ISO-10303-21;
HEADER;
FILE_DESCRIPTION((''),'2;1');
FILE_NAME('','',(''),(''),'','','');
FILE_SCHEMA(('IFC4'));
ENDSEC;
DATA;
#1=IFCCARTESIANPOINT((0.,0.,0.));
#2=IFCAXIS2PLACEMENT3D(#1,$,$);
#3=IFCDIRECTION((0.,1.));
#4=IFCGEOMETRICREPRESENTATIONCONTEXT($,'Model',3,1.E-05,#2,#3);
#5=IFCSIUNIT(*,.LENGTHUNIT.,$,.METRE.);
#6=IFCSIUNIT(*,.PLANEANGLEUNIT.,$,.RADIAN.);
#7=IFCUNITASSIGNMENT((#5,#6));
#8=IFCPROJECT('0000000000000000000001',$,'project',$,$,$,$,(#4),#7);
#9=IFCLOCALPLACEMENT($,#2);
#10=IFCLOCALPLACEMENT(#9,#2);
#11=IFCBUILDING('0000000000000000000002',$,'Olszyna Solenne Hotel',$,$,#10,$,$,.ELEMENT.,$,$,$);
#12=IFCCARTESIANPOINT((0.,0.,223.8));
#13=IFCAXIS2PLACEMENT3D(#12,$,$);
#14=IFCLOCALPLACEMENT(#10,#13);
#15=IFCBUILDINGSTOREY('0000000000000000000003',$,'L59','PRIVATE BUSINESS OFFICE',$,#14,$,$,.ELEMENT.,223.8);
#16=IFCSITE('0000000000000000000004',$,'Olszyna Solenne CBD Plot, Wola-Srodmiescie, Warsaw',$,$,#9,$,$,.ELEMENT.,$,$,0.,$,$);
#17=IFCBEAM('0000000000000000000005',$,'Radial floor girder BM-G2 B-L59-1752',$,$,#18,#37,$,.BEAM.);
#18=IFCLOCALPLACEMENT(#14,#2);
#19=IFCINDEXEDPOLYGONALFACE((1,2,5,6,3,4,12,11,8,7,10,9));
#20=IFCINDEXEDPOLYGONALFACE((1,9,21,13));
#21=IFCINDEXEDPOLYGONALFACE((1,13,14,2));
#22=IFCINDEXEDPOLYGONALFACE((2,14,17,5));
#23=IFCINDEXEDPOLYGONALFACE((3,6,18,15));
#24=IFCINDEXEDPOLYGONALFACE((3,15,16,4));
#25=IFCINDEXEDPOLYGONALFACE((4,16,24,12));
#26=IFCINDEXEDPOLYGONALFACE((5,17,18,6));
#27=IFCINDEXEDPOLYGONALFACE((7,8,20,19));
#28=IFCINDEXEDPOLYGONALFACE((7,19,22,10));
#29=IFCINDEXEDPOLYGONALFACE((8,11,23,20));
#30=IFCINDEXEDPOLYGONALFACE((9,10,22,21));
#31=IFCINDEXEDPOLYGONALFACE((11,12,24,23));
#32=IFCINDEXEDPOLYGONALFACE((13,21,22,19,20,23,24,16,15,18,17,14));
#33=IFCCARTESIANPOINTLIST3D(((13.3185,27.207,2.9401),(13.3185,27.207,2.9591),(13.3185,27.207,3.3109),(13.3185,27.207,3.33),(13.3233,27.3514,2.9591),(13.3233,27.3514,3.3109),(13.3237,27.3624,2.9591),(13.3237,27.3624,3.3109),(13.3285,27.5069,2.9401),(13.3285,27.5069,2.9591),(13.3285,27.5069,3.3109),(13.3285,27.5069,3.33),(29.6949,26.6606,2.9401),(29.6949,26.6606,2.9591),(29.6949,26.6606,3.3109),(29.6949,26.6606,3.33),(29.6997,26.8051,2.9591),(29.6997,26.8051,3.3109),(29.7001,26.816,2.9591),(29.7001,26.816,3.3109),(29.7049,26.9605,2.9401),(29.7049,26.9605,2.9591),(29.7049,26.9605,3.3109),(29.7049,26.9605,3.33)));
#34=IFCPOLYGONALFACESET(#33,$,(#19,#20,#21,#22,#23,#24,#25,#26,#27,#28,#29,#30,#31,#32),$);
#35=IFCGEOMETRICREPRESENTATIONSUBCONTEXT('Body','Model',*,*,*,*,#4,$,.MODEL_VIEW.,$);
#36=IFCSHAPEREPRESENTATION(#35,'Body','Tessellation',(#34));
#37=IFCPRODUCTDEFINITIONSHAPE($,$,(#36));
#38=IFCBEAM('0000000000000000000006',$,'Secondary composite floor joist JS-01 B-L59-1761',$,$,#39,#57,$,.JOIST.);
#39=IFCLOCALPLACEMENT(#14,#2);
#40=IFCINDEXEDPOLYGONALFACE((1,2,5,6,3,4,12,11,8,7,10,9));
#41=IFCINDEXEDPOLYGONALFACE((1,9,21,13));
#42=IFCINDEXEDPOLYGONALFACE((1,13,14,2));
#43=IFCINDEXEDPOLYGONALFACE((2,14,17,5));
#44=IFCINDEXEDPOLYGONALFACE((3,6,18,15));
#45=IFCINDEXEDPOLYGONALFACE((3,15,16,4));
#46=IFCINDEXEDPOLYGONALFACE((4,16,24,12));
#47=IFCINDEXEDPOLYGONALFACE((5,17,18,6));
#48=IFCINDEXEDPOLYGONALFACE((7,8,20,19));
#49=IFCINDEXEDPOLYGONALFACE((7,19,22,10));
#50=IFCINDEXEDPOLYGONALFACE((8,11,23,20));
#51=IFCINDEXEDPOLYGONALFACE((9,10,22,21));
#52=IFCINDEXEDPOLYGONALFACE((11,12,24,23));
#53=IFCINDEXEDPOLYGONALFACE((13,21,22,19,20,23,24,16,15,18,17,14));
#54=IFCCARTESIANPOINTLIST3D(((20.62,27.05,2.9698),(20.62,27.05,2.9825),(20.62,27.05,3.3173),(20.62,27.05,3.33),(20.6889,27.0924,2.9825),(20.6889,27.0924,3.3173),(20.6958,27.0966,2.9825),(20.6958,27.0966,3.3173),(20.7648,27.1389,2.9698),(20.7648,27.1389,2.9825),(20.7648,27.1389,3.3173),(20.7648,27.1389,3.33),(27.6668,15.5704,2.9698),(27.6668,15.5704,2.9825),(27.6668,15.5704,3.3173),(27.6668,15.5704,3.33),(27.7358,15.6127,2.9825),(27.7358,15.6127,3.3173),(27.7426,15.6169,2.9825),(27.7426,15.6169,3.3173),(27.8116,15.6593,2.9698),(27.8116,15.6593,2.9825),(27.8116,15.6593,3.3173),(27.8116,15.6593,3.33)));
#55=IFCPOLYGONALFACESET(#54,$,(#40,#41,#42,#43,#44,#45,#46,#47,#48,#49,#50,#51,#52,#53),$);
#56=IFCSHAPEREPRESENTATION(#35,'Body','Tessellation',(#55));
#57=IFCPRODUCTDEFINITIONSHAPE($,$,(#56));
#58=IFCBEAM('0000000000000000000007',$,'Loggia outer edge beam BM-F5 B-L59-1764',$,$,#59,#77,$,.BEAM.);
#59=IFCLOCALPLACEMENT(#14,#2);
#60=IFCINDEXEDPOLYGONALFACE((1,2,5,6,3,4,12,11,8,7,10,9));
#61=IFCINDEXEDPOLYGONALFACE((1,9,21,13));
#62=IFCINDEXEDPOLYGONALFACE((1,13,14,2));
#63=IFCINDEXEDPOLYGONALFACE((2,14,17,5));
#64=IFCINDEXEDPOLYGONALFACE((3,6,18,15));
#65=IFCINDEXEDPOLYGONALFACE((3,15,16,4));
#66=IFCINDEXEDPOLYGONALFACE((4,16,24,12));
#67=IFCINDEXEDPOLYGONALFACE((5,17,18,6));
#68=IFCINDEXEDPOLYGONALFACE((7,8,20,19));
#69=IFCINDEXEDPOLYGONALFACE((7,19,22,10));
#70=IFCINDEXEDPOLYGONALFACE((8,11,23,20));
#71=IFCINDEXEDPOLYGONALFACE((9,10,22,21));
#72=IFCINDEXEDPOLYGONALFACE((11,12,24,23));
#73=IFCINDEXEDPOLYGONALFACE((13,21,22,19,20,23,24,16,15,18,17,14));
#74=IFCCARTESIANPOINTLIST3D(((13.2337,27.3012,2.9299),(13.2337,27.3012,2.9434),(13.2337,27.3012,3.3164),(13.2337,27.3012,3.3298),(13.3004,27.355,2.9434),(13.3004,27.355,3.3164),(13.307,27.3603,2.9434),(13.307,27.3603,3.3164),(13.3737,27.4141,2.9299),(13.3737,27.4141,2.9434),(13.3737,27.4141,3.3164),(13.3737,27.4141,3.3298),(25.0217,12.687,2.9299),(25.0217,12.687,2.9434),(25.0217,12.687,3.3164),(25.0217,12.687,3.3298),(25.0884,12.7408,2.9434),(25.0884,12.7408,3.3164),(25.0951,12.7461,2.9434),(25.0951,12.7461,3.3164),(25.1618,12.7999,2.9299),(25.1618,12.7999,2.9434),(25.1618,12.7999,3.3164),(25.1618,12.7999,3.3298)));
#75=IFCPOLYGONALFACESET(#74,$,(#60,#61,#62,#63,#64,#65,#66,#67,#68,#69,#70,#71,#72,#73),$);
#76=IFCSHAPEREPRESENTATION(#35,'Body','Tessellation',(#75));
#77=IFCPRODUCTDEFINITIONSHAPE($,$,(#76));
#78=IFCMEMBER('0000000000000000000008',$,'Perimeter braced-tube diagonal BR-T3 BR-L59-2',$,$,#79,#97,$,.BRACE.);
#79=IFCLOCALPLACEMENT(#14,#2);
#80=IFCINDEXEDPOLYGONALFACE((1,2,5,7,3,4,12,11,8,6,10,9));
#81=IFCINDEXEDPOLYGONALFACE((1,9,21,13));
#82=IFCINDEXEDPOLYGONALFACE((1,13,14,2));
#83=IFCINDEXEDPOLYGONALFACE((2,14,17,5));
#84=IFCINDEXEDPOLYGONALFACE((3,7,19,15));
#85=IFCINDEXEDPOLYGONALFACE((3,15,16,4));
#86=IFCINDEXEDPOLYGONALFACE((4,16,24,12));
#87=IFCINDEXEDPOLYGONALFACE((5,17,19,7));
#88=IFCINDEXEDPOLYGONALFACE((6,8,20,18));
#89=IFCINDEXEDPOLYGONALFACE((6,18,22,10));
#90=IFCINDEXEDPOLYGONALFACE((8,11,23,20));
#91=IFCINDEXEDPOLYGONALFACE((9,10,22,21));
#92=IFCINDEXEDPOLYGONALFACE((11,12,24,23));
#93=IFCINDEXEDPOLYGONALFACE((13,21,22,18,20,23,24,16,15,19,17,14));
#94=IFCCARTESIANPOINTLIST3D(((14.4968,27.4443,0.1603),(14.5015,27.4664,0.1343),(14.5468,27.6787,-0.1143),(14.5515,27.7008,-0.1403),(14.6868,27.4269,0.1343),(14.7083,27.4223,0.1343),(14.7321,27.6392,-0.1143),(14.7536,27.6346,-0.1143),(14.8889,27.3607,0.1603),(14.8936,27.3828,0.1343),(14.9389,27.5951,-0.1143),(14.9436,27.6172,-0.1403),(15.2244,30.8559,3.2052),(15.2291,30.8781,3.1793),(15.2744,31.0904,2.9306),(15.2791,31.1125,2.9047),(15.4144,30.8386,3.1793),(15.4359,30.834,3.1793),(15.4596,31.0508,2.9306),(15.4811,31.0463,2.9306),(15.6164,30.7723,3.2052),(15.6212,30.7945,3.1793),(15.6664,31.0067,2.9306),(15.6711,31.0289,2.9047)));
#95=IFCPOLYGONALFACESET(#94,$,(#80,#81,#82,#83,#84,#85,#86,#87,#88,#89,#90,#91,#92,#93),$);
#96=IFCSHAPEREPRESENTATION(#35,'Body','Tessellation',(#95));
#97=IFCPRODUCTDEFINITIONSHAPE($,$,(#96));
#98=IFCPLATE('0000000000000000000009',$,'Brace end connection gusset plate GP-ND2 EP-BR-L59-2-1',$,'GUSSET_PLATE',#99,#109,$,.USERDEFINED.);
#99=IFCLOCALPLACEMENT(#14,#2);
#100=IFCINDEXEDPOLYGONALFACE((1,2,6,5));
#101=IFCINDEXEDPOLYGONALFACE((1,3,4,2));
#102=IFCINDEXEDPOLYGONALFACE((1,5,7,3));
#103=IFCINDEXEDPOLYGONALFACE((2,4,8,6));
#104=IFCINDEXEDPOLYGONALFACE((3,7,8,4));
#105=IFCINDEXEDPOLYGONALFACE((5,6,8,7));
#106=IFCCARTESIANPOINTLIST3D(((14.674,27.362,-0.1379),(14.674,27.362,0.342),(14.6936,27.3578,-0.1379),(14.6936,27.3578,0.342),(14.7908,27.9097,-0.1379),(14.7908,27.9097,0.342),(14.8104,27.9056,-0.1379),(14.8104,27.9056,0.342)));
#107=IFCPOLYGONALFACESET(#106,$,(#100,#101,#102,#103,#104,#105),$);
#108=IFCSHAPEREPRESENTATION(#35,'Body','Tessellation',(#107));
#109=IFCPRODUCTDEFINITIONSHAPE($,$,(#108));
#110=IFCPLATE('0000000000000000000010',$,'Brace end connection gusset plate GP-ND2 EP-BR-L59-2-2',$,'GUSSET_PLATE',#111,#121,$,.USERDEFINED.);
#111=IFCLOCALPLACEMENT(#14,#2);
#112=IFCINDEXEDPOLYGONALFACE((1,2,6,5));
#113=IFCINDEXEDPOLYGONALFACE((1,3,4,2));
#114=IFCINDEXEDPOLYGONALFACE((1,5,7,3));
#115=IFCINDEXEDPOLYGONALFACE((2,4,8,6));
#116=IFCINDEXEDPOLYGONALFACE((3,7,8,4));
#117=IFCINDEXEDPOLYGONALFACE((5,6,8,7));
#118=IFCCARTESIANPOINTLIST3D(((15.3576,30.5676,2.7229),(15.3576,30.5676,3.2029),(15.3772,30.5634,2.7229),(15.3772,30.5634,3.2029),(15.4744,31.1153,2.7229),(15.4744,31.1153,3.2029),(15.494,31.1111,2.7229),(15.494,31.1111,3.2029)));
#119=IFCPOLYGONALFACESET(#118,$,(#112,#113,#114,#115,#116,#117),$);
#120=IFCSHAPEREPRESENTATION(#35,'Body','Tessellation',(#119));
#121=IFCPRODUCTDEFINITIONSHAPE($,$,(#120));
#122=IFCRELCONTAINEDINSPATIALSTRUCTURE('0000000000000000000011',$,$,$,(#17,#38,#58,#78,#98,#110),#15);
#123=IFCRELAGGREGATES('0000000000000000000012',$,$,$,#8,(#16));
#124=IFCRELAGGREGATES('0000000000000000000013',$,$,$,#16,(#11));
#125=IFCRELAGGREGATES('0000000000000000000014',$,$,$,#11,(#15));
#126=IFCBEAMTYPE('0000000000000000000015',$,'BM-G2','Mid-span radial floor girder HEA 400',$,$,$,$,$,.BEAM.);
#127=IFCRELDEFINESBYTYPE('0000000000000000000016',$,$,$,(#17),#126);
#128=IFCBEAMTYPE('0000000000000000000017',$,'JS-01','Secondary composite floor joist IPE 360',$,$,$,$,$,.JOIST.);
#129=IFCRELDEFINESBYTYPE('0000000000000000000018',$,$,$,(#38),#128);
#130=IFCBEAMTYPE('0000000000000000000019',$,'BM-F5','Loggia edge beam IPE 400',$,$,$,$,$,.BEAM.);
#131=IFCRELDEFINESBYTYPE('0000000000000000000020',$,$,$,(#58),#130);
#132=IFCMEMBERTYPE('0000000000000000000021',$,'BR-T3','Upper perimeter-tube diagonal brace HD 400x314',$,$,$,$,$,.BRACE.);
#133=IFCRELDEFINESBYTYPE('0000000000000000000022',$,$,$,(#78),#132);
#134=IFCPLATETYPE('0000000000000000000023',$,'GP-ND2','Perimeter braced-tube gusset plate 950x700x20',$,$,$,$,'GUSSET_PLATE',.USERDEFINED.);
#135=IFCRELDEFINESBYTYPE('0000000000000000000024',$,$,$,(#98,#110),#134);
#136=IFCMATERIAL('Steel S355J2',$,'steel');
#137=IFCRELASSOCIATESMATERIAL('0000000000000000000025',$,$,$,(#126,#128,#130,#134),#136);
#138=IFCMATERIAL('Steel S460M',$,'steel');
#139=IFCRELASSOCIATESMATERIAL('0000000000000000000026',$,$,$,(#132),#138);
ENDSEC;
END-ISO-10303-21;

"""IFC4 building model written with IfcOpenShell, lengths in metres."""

from ifc_helpers import new_model, si_unit, direction, frame, origin, origin_2d, place, context, subcontext, project, spatial, rectangle, i_section, extrude, source, transform, mapped, material, material_profile, profile_set, type_object, element, save


model = new_model("IFC4")

# Units and contexts
model_context = context("Model", 3, precision=1e-05, world=origin(), true_north=direction((0.0, 1.0)))
body_context = subcontext(model_context, "Body", "Model", "MODEL_VIEW")
ifc_project = project(units=[si_unit("LENGTHUNIT", "METRE"), si_unit("PLANEANGLEUNIT", "RADIAN")], contexts=[model_context])

# Site, building, storey
site_placement = place(None, origin())
site = spatial("IfcSite", under=ifc_project, at=site_placement, Name="Olszyna Solenne CBD Plot, Wola-Srodmiescie, Warsaw", CompositionType="ELEMENT", RefElevation=0.0)
building_placement = place(site_placement, origin())
building = spatial("IfcBuilding", under=site, at=building_placement, Name="Olszyna Solenne Hotel", CompositionType="ELEMENT")
storey_placement = place(building_placement, frame((0.0, 0.0, 223.8)))
storey = spatial("IfcBuildingStorey", under=building, at=storey_placement, Name="L59", Description="PRIVATE BUSINESS OFFICE", CompositionType="ELEMENT", Elevation=223.8)

# Shared definitions
ifc_material_1 = material(Name="Steel S460M", Category="steel")

# Beams
ifc_material_2 = material(Name="Steel S355J2", Category="steel")
ifc_material_profile_1 = material_profile(ifc_material_2, i_section(OverallWidth=0.3, OverallDepth=0.3899, WebThickness=0.011, FlangeThickness=0.019, at=origin_2d()), Name="HEA 400", Category="load-bearing")
ifc_profile_set_1 = profile_set([ifc_material_profile_1], Name="Steel S355J2")
beam_type_1 = type_object("IfcBeamType", Name="BM-G2", Description="Mid-span radial floor girder HEA 400", PredefinedType="BEAM", material=ifc_profile_set_1)
shared_shape_1 = source(origin(), body_context, "Body", "SweptSolid", [
    extrude(i_section(OverallWidth=0.3, OverallDepth=0.3899, WebThickness=0.011, FlangeThickness=0.019, at=origin_2d()), origin(), (0.0, 0.0, 1.0), 16.3855),
])
beam_1_placement = place(storey_placement, frame((13.3235, 27.3569, 3.135), z_axis=(0.999444, -0.033346, 0.0), x_axis=(0.033346, 0.999444, 0.0)))
element("IfcBeam", 1, at=beam_1_placement, inside=storey, type_object=beam_type_1, Name="Radial floor girder BM-G2 B-L59-1752", PredefinedType="BEAM", context=body_context, shape_type="MappedRepresentation", body=[
    mapped(shared_shape_1, transform((0.0, 0.0, 0.0), x_axis=(1.0, 0.0, 0.0), y_axis=(0.0, 1.0, 0.0), z_axis=(0.0, 0.0, 1.0), scale=1.0)),
])
ifc_material_profile_2 = material_profile(ifc_material_2, i_section(OverallWidth=0.1699, OverallDepth=0.3601, WebThickness=0.0081, FlangeThickness=0.0127, at=origin_2d()), Name="IPE 360", Category="load-bearing")
ifc_profile_set_2 = profile_set([ifc_material_profile_2], Name="Steel S355J2")
beam_type_2 = type_object("IfcBeamType", Name="JS-01", Description="Secondary composite floor joist IPE 360", PredefinedType="JOIST", material=ifc_profile_set_2)
shared_shape_2 = source(origin(), body_context, "Body", "SweptSolid", [
    extrude(i_section(OverallWidth=0.1699, OverallDepth=0.3601, WebThickness=0.0081, FlangeThickness=0.0127, at=origin_2d()), origin(), (0.0, 0.0, 1.0), 13.47),
])
beam_2_placement = place(storey_placement, frame((20.6924, 27.0945, 3.1499), z_axis=(0.523151, -0.85224, 0.0), x_axis=(0.85224, 0.523151, 0.0)))
element("IfcBeam", 2, at=beam_2_placement, inside=storey, type_object=beam_type_2, Name="Secondary composite floor joist JS-01 B-L59-1761", PredefinedType="JOIST", context=body_context, shape_type="MappedRepresentation", body=[
    mapped(shared_shape_2, transform((0.0, 0.0, 0.0), x_axis=(1.0, 0.0, 0.0), y_axis=(0.0, 1.0, 0.0), z_axis=(0.0, 0.0, 1.0), scale=1.0)),
])
ifc_material_profile_3 = material_profile(ifc_material_2, i_section(OverallWidth=0.1799, OverallDepth=0.3999, WebThickness=0.0085, FlangeThickness=0.0134, at=origin_2d()), Name="IPE 400", Category="load-bearing")
ifc_profile_set_3 = profile_set([ifc_material_profile_3], Name="Steel S355J2")
beam_type_3 = type_object("IfcBeamType", Name="BM-F5", Description="Loggia edge beam IPE 400", PredefinedType="BEAM", material=ifc_profile_set_3)
shared_shape_3 = source(origin(), body_context, "Body", "SweptSolid", [
    extrude(i_section(OverallWidth=0.1799, OverallDepth=0.3999, WebThickness=0.0085, FlangeThickness=0.0134, at=origin_2d()), origin(), (0.0, 0.0, 1.0), 18.7759),
])
beam_3_placement = place(storey_placement, frame((13.3037, 27.3577, 3.1299), z_axis=(0.62783, -0.778351, 0.0), x_axis=(0.778351, 0.62783, 0.0)))
element("IfcBeam", 3, at=beam_3_placement, inside=storey, type_object=beam_type_3, Name="Loggia outer edge beam BM-F5 B-L59-1764", PredefinedType="BEAM", context=body_context, shape_type="MappedRepresentation", body=[
    mapped(shared_shape_3, transform((0.0, 0.0, 0.0), x_axis=(1.0, 0.0, 0.0), y_axis=(0.0, 1.0, 0.0), z_axis=(0.0, 0.0, 1.0), scale=1.0)),
])

# Member
ifc_material_profile_4 = material_profile(ifc_material_1, i_section(OverallWidth=0.4009, OverallDepth=0.3989, WebThickness=0.022, FlangeThickness=0.0344, at=origin_2d()), Name="HD 400x314", Category="load-bearing")
ifc_profile_set_4 = profile_set([ifc_material_profile_4], Name="Steel S460M")
member_type = type_object("IfcMemberType", Name="BR-T3", Description="Upper perimeter-tube diagonal brace HD 400x314", PredefinedType="BRACE", material=ifc_profile_set_4)
shared_shape_4 = source(origin(), body_context, "Body", "SweptSolid", [
    extrude(i_section(OverallWidth=0.4009, OverallDepth=0.3989, WebThickness=0.022, FlangeThickness=0.0344, at=origin_2d()), origin(), (0.0, 0.0, 1.0), 4.6304),
])
member_placement = place(storey_placement, frame((14.7202, 27.5308, 0.01), z_axis=(0.157124, 0.736798, 0.657603), x_axis=(-0.978009, 0.208563, 0.0)))
element("IfcMember", 4, at=member_placement, inside=storey, type_object=member_type, Name="Perimeter braced-tube diagonal BR-T3 BR-L59-2", PredefinedType="BRACE", context=body_context, shape_type="MappedRepresentation", body=[
    mapped(shared_shape_4, transform((0.0, 0.0, 0.0), x_axis=(1.0, 0.0, 0.0), y_axis=(0.0, 1.0, 0.0), z_axis=(0.0, 0.0, 1.0), scale=1.0)),
])

# Plates
plate_type = type_object("IfcPlateType", Name="GP-ND2", Description="Perimeter braced-tube gusset plate 950x700x20", ElementType="GUSSET_PLATE", PredefinedType="USERDEFINED", material=ifc_material_2)
shared_shape_5 = source(origin(), body_context, "Body", "SweptSolid", [
    extrude(rectangle(XDim=0.5601, YDim=0.02, at=origin_2d()), origin(), (0.0, 0.0, 1.0), 0.48),
])
for number, where, z_axis, x_axis, name in (
    (5, (14.7422, 27.6338, -0.1379), (0.0, 0.0, 1.0), (0.208595, 0.978002, 0.0), "Brace end connection gusset plate GP-ND2 EP-BR-L59-2-1"),
    (6, (15.4258, 30.8394, 2.7229), (0.0, 0.0, 1.0), (0.208595, 0.978002, 0.0), "Brace end connection gusset plate GP-ND2 EP-BR-L59-2-2"),
):
    element("IfcPlate", number, at=place(storey_placement, frame(where, z_axis=z_axis, x_axis=x_axis)), inside=storey, type_object=plate_type, Name=name, ObjectType="GUSSET_PLATE", PredefinedType="USERDEFINED", context=body_context, shape_type="MappedRepresentation", body=[
        mapped(shared_shape_5, transform((0.0, 0.0, 0.0), x_axis=(1.0, 0.0, 0.0), y_axis=(0.0, 1.0, 0.0), z_axis=(0.0, 0.0, 1.0), scale=1.0)),
    ])

save(model, "model.ifc")
